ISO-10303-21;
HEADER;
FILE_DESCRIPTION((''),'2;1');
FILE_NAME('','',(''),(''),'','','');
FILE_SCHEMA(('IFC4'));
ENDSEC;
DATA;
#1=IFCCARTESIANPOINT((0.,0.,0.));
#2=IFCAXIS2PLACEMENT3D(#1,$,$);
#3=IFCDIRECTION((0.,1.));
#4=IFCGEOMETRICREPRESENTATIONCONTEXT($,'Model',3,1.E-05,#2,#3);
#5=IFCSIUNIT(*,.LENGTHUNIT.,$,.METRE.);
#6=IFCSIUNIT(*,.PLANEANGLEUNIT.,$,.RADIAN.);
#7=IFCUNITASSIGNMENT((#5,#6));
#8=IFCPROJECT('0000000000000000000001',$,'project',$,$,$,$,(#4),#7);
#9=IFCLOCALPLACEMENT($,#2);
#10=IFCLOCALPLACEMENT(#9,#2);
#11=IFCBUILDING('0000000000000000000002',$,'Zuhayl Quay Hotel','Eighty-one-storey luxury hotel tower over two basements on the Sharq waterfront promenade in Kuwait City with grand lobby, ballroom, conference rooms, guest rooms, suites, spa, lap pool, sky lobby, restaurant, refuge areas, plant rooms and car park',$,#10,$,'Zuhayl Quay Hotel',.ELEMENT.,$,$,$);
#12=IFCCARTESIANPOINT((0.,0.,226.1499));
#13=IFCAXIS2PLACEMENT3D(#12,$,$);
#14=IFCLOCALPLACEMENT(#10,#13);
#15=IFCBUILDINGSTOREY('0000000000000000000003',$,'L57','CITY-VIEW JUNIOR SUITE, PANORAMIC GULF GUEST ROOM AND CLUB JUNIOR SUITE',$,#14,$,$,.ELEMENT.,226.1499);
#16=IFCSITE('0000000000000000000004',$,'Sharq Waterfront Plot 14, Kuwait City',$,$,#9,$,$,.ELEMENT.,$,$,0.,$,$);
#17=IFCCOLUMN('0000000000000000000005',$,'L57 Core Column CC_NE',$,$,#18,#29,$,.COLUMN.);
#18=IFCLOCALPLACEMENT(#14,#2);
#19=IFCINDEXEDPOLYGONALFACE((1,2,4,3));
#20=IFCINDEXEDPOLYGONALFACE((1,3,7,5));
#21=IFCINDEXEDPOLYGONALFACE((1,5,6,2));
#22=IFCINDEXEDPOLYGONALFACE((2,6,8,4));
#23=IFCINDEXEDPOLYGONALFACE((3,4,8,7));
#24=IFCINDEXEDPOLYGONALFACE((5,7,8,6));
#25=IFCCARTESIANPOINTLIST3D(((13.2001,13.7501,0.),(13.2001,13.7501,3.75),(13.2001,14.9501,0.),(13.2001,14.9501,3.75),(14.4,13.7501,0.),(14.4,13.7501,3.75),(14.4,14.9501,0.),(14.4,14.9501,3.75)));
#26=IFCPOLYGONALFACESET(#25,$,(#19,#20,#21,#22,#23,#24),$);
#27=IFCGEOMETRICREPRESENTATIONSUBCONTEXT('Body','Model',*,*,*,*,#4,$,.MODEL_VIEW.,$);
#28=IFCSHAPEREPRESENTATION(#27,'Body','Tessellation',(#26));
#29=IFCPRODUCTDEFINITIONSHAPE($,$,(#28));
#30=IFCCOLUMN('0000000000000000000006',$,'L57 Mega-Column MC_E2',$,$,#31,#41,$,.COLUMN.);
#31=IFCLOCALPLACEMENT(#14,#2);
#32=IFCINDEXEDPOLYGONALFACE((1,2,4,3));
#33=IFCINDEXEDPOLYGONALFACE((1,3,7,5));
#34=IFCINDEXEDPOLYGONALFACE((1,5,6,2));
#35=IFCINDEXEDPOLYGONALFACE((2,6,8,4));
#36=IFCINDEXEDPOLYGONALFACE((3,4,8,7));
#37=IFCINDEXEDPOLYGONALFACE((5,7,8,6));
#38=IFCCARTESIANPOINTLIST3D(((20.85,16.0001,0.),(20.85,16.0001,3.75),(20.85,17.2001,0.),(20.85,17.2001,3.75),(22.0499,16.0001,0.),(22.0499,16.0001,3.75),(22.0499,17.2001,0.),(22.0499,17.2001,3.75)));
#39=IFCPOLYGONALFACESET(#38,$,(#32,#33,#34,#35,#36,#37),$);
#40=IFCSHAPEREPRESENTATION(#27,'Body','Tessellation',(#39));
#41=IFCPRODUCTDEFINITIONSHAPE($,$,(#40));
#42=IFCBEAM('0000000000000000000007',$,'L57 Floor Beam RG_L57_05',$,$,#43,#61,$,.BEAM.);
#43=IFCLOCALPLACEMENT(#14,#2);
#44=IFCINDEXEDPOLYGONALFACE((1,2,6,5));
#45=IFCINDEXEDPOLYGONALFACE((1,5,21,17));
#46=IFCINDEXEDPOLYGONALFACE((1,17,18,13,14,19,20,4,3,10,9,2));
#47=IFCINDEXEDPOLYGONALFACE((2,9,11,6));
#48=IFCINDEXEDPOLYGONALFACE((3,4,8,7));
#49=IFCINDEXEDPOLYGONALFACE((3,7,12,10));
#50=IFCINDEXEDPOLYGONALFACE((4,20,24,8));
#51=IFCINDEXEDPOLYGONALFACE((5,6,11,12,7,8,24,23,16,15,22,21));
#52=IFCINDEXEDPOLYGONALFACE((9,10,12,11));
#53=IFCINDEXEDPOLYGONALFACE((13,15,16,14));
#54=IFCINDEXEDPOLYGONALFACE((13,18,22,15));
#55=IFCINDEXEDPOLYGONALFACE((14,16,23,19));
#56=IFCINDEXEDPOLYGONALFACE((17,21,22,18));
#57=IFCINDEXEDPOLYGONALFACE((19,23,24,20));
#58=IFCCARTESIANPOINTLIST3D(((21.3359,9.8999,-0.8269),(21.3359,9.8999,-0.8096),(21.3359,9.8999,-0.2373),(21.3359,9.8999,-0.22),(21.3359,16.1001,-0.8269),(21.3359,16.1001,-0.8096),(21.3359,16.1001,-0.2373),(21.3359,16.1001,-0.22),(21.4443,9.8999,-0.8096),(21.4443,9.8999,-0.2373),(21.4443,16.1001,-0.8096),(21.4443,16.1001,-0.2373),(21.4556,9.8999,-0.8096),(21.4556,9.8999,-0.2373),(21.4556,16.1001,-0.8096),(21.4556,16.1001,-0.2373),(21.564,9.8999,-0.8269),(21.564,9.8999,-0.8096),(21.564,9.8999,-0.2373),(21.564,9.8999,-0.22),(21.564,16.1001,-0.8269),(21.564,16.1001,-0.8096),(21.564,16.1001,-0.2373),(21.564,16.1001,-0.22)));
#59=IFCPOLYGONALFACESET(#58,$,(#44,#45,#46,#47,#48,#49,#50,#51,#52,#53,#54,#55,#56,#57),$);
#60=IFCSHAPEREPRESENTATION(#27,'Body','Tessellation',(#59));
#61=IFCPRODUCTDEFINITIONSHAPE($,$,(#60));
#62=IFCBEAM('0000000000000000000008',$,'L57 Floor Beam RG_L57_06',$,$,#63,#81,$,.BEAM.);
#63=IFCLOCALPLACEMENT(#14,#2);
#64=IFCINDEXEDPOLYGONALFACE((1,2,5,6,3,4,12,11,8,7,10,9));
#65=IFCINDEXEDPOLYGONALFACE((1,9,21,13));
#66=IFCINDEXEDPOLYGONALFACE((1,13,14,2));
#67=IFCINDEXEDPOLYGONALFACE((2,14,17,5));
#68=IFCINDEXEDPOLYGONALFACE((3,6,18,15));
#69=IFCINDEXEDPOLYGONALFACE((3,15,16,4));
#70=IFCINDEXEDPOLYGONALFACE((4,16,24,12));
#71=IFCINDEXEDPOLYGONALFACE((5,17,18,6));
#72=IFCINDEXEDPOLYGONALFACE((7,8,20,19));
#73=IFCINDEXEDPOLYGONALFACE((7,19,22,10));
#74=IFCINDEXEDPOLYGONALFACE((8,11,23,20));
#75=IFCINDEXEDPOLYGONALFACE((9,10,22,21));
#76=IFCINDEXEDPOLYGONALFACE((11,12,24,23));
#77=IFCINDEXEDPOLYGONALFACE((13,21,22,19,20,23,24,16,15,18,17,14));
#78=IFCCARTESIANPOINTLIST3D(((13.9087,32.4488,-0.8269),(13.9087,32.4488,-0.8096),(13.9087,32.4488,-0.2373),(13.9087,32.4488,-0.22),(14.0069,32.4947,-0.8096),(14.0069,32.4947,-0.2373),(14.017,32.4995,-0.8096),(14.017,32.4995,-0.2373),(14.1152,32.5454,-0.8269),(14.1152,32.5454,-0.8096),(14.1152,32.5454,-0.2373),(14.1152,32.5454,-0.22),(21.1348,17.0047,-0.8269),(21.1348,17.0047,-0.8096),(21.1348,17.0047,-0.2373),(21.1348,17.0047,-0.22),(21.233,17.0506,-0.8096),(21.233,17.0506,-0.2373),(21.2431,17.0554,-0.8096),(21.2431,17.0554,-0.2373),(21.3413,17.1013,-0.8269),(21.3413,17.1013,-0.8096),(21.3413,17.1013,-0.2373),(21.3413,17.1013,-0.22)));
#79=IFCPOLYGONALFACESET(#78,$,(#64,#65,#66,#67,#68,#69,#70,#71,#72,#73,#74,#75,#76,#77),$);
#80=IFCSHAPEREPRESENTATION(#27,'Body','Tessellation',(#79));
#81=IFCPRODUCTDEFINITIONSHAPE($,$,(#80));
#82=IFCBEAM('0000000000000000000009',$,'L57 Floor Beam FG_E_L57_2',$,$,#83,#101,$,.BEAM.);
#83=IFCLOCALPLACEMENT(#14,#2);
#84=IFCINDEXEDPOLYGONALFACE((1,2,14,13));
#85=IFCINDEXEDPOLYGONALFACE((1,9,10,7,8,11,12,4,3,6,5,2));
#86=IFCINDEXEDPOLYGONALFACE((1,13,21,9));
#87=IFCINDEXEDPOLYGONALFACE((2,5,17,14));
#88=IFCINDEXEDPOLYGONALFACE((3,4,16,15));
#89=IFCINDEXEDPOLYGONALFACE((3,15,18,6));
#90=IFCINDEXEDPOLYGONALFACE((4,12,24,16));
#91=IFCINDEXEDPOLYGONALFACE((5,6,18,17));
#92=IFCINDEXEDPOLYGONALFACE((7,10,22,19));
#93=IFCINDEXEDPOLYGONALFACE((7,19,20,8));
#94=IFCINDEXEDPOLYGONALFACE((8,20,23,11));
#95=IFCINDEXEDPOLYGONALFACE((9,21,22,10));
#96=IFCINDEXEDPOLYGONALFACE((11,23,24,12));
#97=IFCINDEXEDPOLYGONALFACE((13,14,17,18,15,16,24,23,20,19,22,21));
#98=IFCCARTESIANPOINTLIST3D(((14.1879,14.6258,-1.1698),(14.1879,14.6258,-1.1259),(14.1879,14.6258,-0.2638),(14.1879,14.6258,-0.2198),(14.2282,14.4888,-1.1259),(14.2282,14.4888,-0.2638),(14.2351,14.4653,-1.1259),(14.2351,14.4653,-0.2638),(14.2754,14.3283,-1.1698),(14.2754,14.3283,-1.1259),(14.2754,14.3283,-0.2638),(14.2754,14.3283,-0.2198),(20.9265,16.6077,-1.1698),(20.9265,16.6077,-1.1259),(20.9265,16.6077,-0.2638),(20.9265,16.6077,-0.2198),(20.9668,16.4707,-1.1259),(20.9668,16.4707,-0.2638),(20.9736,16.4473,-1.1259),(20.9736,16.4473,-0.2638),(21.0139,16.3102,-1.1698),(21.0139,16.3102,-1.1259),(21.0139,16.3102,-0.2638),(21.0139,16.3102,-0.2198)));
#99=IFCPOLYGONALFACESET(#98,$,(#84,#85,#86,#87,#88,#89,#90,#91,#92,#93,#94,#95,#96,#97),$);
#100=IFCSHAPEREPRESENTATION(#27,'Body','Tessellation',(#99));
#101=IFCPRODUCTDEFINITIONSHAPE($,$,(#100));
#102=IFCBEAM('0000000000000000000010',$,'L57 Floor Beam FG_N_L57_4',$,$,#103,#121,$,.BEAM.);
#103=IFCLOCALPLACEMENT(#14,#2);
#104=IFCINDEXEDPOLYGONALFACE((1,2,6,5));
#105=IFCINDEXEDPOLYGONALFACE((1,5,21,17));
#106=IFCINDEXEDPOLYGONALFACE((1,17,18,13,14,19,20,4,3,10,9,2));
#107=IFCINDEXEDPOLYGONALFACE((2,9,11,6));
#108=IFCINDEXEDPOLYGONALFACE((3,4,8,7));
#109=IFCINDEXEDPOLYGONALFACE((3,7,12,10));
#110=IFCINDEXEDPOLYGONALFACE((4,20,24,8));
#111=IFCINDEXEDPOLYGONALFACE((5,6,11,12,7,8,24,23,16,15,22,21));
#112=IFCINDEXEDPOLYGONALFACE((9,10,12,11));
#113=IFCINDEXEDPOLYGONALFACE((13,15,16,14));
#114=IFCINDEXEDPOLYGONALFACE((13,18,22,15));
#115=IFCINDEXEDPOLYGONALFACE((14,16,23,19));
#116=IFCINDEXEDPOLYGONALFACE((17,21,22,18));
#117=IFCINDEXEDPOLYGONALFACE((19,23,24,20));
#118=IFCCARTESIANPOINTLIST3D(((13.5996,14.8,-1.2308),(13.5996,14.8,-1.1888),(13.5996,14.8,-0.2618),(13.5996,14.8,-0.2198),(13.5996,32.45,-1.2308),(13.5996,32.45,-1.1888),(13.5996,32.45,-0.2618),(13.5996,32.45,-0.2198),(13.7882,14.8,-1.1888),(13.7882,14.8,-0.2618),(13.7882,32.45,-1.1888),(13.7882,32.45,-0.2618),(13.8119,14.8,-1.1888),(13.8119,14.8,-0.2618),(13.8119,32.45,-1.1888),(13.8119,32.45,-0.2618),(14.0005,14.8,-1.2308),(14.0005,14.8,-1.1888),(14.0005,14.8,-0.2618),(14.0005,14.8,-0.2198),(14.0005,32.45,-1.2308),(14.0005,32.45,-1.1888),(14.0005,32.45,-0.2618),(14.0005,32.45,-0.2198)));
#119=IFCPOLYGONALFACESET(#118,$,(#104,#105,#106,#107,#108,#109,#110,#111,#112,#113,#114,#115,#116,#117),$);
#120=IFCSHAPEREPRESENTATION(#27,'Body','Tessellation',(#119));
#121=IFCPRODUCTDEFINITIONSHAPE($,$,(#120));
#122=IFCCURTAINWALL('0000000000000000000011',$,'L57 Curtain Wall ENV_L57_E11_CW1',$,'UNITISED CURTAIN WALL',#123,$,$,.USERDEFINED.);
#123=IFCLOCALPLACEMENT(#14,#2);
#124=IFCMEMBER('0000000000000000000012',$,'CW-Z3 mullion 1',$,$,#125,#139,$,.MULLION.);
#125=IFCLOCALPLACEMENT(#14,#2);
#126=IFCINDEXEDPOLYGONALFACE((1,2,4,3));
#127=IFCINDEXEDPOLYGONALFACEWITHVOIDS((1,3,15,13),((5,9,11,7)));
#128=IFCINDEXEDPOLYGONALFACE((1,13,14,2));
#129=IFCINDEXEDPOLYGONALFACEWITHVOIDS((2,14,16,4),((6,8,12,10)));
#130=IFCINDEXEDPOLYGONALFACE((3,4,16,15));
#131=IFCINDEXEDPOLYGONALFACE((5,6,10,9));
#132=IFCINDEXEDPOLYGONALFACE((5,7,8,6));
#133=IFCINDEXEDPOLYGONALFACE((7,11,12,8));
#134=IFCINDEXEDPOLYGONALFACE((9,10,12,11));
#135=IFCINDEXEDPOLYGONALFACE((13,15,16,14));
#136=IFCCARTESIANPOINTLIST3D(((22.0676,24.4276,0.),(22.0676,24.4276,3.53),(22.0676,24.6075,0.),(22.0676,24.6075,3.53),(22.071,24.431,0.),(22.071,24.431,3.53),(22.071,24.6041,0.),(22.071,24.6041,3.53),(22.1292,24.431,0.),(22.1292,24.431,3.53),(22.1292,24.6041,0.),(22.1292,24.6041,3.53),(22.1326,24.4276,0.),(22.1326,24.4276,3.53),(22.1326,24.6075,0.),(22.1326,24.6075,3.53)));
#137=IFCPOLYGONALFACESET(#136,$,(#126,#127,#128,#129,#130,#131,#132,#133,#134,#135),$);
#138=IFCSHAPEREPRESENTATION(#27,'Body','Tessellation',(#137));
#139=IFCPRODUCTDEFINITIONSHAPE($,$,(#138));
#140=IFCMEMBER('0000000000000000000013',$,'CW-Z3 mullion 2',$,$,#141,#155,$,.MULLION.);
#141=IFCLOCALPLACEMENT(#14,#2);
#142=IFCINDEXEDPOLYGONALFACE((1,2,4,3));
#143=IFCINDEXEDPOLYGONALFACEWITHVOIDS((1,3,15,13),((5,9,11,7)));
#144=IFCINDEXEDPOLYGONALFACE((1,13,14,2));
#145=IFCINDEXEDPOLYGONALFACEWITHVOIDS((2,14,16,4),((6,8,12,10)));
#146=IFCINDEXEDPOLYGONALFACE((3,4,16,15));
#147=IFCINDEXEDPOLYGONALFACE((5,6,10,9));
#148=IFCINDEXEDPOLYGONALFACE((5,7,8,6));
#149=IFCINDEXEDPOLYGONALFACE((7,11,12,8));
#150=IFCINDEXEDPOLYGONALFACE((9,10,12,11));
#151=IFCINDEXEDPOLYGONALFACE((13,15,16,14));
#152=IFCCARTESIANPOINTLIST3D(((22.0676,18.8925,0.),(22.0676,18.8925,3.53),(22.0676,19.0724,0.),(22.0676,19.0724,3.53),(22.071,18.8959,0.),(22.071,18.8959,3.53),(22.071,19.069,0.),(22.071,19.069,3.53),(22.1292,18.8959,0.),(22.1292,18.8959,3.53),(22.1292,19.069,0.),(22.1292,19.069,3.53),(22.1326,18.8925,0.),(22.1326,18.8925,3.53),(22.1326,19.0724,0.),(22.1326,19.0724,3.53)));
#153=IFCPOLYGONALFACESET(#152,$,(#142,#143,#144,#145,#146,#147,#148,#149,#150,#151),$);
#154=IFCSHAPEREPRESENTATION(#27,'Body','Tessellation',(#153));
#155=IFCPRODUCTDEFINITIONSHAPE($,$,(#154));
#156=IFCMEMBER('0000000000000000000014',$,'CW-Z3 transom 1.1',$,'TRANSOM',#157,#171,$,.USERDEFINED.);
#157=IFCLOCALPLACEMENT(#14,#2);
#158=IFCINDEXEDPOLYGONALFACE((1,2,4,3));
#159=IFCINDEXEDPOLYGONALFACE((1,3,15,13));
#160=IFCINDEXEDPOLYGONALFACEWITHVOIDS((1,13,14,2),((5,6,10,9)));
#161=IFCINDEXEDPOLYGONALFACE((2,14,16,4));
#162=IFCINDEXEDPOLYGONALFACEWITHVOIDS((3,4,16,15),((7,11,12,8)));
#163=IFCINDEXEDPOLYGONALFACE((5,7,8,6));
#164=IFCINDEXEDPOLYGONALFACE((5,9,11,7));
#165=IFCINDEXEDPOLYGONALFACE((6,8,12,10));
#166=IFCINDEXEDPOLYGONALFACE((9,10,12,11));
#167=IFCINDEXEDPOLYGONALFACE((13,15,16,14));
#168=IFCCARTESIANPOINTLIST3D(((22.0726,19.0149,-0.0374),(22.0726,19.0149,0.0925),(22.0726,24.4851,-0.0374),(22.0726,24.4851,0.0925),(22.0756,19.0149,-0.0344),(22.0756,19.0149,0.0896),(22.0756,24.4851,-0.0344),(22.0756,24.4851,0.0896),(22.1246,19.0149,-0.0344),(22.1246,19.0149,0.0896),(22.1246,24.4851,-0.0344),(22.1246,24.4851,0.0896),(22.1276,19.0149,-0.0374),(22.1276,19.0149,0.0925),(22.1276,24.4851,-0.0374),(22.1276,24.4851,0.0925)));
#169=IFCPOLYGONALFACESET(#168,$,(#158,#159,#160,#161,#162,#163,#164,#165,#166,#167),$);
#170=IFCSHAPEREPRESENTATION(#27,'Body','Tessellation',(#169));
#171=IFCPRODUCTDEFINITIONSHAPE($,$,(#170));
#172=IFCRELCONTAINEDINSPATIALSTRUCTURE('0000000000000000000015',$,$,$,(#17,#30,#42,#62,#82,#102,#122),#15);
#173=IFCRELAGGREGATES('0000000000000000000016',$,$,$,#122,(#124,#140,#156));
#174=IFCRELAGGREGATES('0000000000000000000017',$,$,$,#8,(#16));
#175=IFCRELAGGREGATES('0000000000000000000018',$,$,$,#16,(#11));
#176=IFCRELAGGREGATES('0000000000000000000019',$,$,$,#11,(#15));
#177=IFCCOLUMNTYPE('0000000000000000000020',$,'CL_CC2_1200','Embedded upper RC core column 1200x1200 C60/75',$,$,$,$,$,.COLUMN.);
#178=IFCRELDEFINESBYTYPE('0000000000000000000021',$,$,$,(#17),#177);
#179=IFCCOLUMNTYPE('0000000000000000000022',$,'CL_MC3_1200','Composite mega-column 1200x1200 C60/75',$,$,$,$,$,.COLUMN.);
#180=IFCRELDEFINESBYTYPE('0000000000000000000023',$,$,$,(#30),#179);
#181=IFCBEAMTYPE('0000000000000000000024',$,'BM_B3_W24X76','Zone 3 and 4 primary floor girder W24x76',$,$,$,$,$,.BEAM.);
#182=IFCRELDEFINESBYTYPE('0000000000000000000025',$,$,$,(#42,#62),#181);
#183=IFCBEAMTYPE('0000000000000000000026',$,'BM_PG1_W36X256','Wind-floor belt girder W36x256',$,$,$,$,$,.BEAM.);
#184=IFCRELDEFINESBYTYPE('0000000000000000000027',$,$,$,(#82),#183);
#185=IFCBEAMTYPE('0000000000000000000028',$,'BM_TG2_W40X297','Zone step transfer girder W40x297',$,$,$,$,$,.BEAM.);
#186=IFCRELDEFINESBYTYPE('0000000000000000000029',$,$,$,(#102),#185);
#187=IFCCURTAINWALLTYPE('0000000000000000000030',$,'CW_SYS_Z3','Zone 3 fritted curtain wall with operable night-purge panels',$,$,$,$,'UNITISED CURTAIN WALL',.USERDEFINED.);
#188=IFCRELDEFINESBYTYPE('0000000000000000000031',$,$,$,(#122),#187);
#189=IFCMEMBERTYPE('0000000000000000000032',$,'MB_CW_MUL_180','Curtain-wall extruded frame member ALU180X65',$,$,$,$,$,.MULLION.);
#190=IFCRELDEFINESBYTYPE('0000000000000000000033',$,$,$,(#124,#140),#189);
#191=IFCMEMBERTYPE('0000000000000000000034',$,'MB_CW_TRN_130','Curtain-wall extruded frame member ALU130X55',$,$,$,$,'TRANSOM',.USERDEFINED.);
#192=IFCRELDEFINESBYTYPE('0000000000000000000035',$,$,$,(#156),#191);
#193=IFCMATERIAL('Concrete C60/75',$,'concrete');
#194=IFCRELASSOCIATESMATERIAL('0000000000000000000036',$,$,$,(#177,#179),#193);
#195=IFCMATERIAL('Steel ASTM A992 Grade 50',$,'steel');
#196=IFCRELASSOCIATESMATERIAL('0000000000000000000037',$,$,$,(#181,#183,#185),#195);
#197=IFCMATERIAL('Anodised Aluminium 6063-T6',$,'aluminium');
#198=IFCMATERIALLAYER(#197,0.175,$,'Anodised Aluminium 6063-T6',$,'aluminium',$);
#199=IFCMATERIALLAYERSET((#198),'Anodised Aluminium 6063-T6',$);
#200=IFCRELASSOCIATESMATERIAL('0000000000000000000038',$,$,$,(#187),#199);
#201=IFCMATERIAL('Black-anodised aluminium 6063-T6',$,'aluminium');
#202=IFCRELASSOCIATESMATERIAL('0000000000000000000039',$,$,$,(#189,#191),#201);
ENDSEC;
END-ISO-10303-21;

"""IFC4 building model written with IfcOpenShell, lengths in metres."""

from ifc_helpers import new_model, si_unit, direction, frame, origin, origin_2d, place, context, subcontext, project, spatial, rectangle, hollow_rectangle, i_section, extrude, material, layer, layer_set, material_profile, profile_set, type_object, element, aggregate, save


model = new_model("IFC4")

# Units and contexts
model_context = context("Model", 3, precision=1e-05, world=origin(), true_north=direction((0.0, 1.0)))
body_context = subcontext(model_context, "Body", "Model", "MODEL_VIEW")
ifc_project = project(units=[si_unit("LENGTHUNIT", "METRE"), si_unit("PLANEANGLEUNIT", "RADIAN")], contexts=[model_context])

# Site, building, storey
site_placement = place(None, origin())
site = spatial("IfcSite", under=ifc_project, at=site_placement, Name="Sharq Waterfront Plot 14, Kuwait City", CompositionType="ELEMENT", RefElevation=0.0)
building_placement = place(site_placement, origin())
building = spatial("IfcBuilding", under=site, at=building_placement, Name="Zuhayl Quay Hotel", Description="Eighty-one-storey luxury hotel tower over two basements on the Sharq waterfront promenade in Kuwait City with grand lobby, ballroom, conference rooms, guest rooms, suites, spa, lap pool, sky lobby, restaurant, refuge areas, plant rooms and car park", LongName="Zuhayl Quay Hotel", CompositionType="ELEMENT")
storey_placement = place(building_placement, frame((0.0, 0.0, 226.1499)))
storey = spatial("IfcBuildingStorey", under=building, at=storey_placement, Name="L57", Description="CITY-VIEW JUNIOR SUITE, PANORAMIC GULF GUEST ROOM AND CLUB JUNIOR SUITE", CompositionType="ELEMENT", Elevation=226.1499)

# Columns
ifc_material_1 = material(Name="Concrete C60/75", Category="concrete")
ifc_material_profile_1 = material_profile(ifc_material_1, rectangle(XDim=1.2, YDim=1.2, at=origin_2d()), Name="RC1200X1200")
ifc_profile_set_1 = profile_set([ifc_material_profile_1], Name="Concrete C60/75")
column_type_1 = type_object("IfcColumnType", Name="CL_CC2_1200", Description="Embedded upper RC core column 1200x1200 C60/75", PredefinedType="COLUMN", material=ifc_profile_set_1)
column_1_placement = place(storey_placement, frame((13.8, 14.3501, 0.0), z_axis=(0.0, 0.0, 1.0), x_axis=(1.0, 0.0, 0.0)))
element("IfcColumn", 1, at=column_1_placement, inside=storey, type_object=column_type_1, Name="L57 Core Column CC_NE", PredefinedType="COLUMN", context=body_context, shape_type="SweptSolid", body=[
    extrude(rectangle(XDim=1.2, YDim=1.2, at=origin_2d()), origin(), (0.0, 0.0, 1.0), 3.75),
])
ifc_material_profile_2 = material_profile(ifc_material_1, rectangle(XDim=1.2, YDim=1.2, at=origin_2d()), Name="RC1200X1200")
ifc_profile_set_2 = profile_set([ifc_material_profile_2], Name="Concrete C60/75")
column_type_2 = type_object("IfcColumnType", Name="CL_MC3_1200", Description="Composite mega-column 1200x1200 C60/75", PredefinedType="COLUMN", material=ifc_profile_set_2)
column_2_placement = place(storey_placement, frame((21.45, 16.6001, 0.0), z_axis=(0.0, 0.0, 1.0), x_axis=(1.0, 0.0, 0.0)))
element("IfcColumn", 2, at=column_2_placement, inside=storey, type_object=column_type_2, Name="L57 Mega-Column MC_E2", PredefinedType="COLUMN", context=body_context, shape_type="SweptSolid", body=[
    extrude(rectangle(XDim=1.2, YDim=1.2, at=origin_2d()), origin(), (0.0, 0.0, 1.0), 3.75),
])

# Beams
ifc_material_2 = material(Name="Steel ASTM A992 Grade 50", Category="steel")
ifc_material_profile_3 = material_profile(ifc_material_2, i_section(OverallWidth=0.228, OverallDepth=0.6069, WebThickness=0.0112, FlangeThickness=0.0173, at=origin_2d()), Name="W24X76")
ifc_profile_set_3 = profile_set([ifc_material_profile_3], Name="Steel ASTM A992 Grade 50")
beam_type_1 = type_object("IfcBeamType", Name="BM_B3_W24X76", Description="Zone 3 and 4 primary floor girder W24x76", PredefinedType="BEAM", material=ifc_profile_set_3)
beam_1_placement = place(storey_placement, frame((21.45, 9.8999, -0.5234), z_axis=(0.0, 1.0, 0.0), x_axis=(-1.0, 0.0, 0.0)))
element("IfcBeam", 3, at=beam_1_placement, inside=storey, type_object=beam_type_1, Name="L57 Floor Beam RG_L57_05", PredefinedType="BEAM", context=body_context, shape_type="SweptSolid", body=[
    extrude(i_section(OverallWidth=0.228, OverallDepth=0.6069, WebThickness=0.0112, FlangeThickness=0.0173, at=origin_2d()), origin(), (0.0, 0.0, 1.0), 6.2002),
])
beam_2_placement = place(storey_placement, frame((21.238, 17.053, -0.5234), z_axis=(-0.423792, 0.905759, 0.0), x_axis=(-0.905759, -0.423792, 0.0)))
element("IfcBeam", 4, at=beam_2_placement, inside=storey, type_object=beam_type_1, Name="L57 Floor Beam RG_L57_06", PredefinedType="BEAM", context=body_context, shape_type="SweptSolid", body=[
    extrude(i_section(OverallWidth=0.228, OverallDepth=0.6069, WebThickness=0.0112, FlangeThickness=0.0173, at=origin_2d()), origin(), (0.0, 0.0, 1.0), 17.051),
])
ifc_material_profile_4 = material_profile(ifc_material_2, i_section(OverallWidth=0.3101, OverallDepth=0.95, WebThickness=0.0244, FlangeThickness=0.0439, at=origin_2d()), Name="W36X256")
ifc_profile_set_4 = profile_set([ifc_material_profile_4], Name="Steel ASTM A992 Grade 50")
beam_type_2 = type_object("IfcBeamType", Name="BM_PG1_W36X256", Description="Wind-floor belt girder W36x256", PredefinedType="BEAM", material=ifc_profile_set_4)
beam_3_placement = place(storey_placement, frame((14.2317, 14.4771, -0.6948), z_axis=(0.959365, 0.282168, 0.0), x_axis=(-0.282168, 0.959365, 0.0)))
element("IfcBeam", 5, at=beam_3_placement, inside=storey, type_object=beam_type_2, Name="L57 Floor Beam FG_E_L57_2", PredefinedType="BEAM", context=body_context, shape_type="SweptSolid", body=[
    extrude(i_section(OverallWidth=0.3101, OverallDepth=0.95, WebThickness=0.0244, FlangeThickness=0.0439, at=origin_2d()), origin(), (0.0, 0.0, 1.0), 7.0239),
])
ifc_material_profile_5 = material_profile(ifc_material_2, i_section(OverallWidth=0.4009, OverallDepth=1.011, WebThickness=0.0237, FlangeThickness=0.042, at=origin_2d()), Name="W40X297")
ifc_profile_set_5 = profile_set([ifc_material_profile_5], Name="Steel ASTM A992 Grade 50")
beam_type_3 = type_object("IfcBeamType", Name="BM_TG2_W40X297", Description="Zone step transfer girder W40x297", PredefinedType="BEAM", material=ifc_profile_set_5)
beam_4_placement = place(storey_placement, frame((13.8, 14.8, -0.7253), z_axis=(0.0, 1.0, 0.0), x_axis=(-1.0, 0.0, 0.0)))
element("IfcBeam", 6, at=beam_4_placement, inside=storey, type_object=beam_type_3, Name="L57 Floor Beam FG_N_L57_4", PredefinedType="BEAM", context=body_context, shape_type="SweptSolid", body=[
    extrude(i_section(OverallWidth=0.4009, OverallDepth=1.011, WebThickness=0.0237, FlangeThickness=0.042, at=origin_2d()), origin(), (0.0, 0.0, 1.0), 17.6499),
])

# Curtain wall, members
ifc_material_3 = material(Name="Anodised Aluminium 6063-T6", Category="aluminium")
ifc_layer_1 = layer(ifc_material_3, 0.175, Name="Anodised Aluminium 6063-T6", Category="aluminium")
ifc_layer_set_1 = layer_set([ifc_layer_1], Name="Anodised Aluminium 6063-T6")
curtain_wall_type = type_object("IfcCurtainWallType", Name="CW_SYS_Z3", Description="Zone 3 fritted curtain wall with operable night-purge panels", ElementType="UNITISED CURTAIN WALL", PredefinedType="USERDEFINED", material=ifc_layer_set_1)
curtain_wall_placement = place(storey_placement, origin())
curtain_wall = element("IfcCurtainWall", 7, at=curtain_wall_placement, inside=storey, type_object=curtain_wall_type, Name="L57 Curtain Wall ENV_L57_E11_CW1", ObjectType="UNITISED CURTAIN WALL", PredefinedType="USERDEFINED")
ifc_material_4 = material(Name="Black-anodised aluminium 6063-T6", Category="aluminium")
ifc_material_profile_6 = material_profile(ifc_material_4, hollow_rectangle(XDim=0.0649, YDim=0.1799, WallThickness=0.0034, at=origin_2d()), Name="ALU180X65")
ifc_profile_set_6 = profile_set([ifc_material_profile_6], Name="Black-anodised aluminium 6063-T6")
member_type_1 = type_object("IfcMemberType", Name="MB_CW_MUL_180", Description="Curtain-wall extruded frame member ALU180X65", PredefinedType="MULLION", material=ifc_profile_set_6)
member_1_placement = place(storey_placement, frame((22.1001, 24.5176, 0.0), z_axis=(0.0, 0.0, 1.0), x_axis=(1.0, 0.0, 0.0)))
member_1 = element("IfcMember", 8, at=member_1_placement, type_object=member_type_1, Name="CW-Z3 mullion 1", PredefinedType="MULLION", context=body_context, shape_type="SweptSolid", body=[
    extrude(hollow_rectangle(XDim=0.0649, YDim=0.1799, WallThickness=0.0034, at=origin_2d()), origin(), (0.0, 0.0, 1.0), 3.53),
])
member_2_placement = place(storey_placement, frame((22.1001, 18.9824, 0.0), z_axis=(0.0, 0.0, 1.0), x_axis=(1.0, 0.0, 0.0)))
member_2 = element("IfcMember", 9, at=member_2_placement, type_object=member_type_1, Name="CW-Z3 mullion 2", PredefinedType="MULLION", context=body_context, shape_type="SweptSolid", body=[
    extrude(hollow_rectangle(XDim=0.0649, YDim=0.1799, WallThickness=0.0034, at=origin_2d()), origin(), (0.0, 0.0, 1.0), 3.53),
])
ifc_material_profile_7 = material_profile(ifc_material_4, hollow_rectangle(XDim=0.0549, YDim=0.1299, WallThickness=0.0029, at=origin_2d()), Name="ALU130X55")
ifc_profile_set_7 = profile_set([ifc_material_profile_7], Name="Black-anodised aluminium 6063-T6")
member_type_2 = type_object("IfcMemberType", Name="MB_CW_TRN_130", Description="Curtain-wall extruded frame member ALU130X55", ElementType="TRANSOM", PredefinedType="USERDEFINED", material=ifc_profile_set_7)
member_3_placement = place(storey_placement, frame((22.1001, 24.4851, 0.0276), z_axis=(0.0, -1.0, 0.0), x_axis=(1.0, 0.0, 0.0)))
member_3 = element("IfcMember", 10, at=member_3_placement, type_object=member_type_2, Name="CW-Z3 transom 1.1", ObjectType="TRANSOM", PredefinedType="USERDEFINED", context=body_context, shape_type="SweptSolid", body=[
    extrude(hollow_rectangle(XDim=0.0549, YDim=0.1299, WallThickness=0.0029, at=origin_2d()), origin(), (0.0, 0.0, 1.0), 5.4702),
])
aggregate(curtain_wall, [member_1, member_2, member_3])

save(model, "model.ifc")
